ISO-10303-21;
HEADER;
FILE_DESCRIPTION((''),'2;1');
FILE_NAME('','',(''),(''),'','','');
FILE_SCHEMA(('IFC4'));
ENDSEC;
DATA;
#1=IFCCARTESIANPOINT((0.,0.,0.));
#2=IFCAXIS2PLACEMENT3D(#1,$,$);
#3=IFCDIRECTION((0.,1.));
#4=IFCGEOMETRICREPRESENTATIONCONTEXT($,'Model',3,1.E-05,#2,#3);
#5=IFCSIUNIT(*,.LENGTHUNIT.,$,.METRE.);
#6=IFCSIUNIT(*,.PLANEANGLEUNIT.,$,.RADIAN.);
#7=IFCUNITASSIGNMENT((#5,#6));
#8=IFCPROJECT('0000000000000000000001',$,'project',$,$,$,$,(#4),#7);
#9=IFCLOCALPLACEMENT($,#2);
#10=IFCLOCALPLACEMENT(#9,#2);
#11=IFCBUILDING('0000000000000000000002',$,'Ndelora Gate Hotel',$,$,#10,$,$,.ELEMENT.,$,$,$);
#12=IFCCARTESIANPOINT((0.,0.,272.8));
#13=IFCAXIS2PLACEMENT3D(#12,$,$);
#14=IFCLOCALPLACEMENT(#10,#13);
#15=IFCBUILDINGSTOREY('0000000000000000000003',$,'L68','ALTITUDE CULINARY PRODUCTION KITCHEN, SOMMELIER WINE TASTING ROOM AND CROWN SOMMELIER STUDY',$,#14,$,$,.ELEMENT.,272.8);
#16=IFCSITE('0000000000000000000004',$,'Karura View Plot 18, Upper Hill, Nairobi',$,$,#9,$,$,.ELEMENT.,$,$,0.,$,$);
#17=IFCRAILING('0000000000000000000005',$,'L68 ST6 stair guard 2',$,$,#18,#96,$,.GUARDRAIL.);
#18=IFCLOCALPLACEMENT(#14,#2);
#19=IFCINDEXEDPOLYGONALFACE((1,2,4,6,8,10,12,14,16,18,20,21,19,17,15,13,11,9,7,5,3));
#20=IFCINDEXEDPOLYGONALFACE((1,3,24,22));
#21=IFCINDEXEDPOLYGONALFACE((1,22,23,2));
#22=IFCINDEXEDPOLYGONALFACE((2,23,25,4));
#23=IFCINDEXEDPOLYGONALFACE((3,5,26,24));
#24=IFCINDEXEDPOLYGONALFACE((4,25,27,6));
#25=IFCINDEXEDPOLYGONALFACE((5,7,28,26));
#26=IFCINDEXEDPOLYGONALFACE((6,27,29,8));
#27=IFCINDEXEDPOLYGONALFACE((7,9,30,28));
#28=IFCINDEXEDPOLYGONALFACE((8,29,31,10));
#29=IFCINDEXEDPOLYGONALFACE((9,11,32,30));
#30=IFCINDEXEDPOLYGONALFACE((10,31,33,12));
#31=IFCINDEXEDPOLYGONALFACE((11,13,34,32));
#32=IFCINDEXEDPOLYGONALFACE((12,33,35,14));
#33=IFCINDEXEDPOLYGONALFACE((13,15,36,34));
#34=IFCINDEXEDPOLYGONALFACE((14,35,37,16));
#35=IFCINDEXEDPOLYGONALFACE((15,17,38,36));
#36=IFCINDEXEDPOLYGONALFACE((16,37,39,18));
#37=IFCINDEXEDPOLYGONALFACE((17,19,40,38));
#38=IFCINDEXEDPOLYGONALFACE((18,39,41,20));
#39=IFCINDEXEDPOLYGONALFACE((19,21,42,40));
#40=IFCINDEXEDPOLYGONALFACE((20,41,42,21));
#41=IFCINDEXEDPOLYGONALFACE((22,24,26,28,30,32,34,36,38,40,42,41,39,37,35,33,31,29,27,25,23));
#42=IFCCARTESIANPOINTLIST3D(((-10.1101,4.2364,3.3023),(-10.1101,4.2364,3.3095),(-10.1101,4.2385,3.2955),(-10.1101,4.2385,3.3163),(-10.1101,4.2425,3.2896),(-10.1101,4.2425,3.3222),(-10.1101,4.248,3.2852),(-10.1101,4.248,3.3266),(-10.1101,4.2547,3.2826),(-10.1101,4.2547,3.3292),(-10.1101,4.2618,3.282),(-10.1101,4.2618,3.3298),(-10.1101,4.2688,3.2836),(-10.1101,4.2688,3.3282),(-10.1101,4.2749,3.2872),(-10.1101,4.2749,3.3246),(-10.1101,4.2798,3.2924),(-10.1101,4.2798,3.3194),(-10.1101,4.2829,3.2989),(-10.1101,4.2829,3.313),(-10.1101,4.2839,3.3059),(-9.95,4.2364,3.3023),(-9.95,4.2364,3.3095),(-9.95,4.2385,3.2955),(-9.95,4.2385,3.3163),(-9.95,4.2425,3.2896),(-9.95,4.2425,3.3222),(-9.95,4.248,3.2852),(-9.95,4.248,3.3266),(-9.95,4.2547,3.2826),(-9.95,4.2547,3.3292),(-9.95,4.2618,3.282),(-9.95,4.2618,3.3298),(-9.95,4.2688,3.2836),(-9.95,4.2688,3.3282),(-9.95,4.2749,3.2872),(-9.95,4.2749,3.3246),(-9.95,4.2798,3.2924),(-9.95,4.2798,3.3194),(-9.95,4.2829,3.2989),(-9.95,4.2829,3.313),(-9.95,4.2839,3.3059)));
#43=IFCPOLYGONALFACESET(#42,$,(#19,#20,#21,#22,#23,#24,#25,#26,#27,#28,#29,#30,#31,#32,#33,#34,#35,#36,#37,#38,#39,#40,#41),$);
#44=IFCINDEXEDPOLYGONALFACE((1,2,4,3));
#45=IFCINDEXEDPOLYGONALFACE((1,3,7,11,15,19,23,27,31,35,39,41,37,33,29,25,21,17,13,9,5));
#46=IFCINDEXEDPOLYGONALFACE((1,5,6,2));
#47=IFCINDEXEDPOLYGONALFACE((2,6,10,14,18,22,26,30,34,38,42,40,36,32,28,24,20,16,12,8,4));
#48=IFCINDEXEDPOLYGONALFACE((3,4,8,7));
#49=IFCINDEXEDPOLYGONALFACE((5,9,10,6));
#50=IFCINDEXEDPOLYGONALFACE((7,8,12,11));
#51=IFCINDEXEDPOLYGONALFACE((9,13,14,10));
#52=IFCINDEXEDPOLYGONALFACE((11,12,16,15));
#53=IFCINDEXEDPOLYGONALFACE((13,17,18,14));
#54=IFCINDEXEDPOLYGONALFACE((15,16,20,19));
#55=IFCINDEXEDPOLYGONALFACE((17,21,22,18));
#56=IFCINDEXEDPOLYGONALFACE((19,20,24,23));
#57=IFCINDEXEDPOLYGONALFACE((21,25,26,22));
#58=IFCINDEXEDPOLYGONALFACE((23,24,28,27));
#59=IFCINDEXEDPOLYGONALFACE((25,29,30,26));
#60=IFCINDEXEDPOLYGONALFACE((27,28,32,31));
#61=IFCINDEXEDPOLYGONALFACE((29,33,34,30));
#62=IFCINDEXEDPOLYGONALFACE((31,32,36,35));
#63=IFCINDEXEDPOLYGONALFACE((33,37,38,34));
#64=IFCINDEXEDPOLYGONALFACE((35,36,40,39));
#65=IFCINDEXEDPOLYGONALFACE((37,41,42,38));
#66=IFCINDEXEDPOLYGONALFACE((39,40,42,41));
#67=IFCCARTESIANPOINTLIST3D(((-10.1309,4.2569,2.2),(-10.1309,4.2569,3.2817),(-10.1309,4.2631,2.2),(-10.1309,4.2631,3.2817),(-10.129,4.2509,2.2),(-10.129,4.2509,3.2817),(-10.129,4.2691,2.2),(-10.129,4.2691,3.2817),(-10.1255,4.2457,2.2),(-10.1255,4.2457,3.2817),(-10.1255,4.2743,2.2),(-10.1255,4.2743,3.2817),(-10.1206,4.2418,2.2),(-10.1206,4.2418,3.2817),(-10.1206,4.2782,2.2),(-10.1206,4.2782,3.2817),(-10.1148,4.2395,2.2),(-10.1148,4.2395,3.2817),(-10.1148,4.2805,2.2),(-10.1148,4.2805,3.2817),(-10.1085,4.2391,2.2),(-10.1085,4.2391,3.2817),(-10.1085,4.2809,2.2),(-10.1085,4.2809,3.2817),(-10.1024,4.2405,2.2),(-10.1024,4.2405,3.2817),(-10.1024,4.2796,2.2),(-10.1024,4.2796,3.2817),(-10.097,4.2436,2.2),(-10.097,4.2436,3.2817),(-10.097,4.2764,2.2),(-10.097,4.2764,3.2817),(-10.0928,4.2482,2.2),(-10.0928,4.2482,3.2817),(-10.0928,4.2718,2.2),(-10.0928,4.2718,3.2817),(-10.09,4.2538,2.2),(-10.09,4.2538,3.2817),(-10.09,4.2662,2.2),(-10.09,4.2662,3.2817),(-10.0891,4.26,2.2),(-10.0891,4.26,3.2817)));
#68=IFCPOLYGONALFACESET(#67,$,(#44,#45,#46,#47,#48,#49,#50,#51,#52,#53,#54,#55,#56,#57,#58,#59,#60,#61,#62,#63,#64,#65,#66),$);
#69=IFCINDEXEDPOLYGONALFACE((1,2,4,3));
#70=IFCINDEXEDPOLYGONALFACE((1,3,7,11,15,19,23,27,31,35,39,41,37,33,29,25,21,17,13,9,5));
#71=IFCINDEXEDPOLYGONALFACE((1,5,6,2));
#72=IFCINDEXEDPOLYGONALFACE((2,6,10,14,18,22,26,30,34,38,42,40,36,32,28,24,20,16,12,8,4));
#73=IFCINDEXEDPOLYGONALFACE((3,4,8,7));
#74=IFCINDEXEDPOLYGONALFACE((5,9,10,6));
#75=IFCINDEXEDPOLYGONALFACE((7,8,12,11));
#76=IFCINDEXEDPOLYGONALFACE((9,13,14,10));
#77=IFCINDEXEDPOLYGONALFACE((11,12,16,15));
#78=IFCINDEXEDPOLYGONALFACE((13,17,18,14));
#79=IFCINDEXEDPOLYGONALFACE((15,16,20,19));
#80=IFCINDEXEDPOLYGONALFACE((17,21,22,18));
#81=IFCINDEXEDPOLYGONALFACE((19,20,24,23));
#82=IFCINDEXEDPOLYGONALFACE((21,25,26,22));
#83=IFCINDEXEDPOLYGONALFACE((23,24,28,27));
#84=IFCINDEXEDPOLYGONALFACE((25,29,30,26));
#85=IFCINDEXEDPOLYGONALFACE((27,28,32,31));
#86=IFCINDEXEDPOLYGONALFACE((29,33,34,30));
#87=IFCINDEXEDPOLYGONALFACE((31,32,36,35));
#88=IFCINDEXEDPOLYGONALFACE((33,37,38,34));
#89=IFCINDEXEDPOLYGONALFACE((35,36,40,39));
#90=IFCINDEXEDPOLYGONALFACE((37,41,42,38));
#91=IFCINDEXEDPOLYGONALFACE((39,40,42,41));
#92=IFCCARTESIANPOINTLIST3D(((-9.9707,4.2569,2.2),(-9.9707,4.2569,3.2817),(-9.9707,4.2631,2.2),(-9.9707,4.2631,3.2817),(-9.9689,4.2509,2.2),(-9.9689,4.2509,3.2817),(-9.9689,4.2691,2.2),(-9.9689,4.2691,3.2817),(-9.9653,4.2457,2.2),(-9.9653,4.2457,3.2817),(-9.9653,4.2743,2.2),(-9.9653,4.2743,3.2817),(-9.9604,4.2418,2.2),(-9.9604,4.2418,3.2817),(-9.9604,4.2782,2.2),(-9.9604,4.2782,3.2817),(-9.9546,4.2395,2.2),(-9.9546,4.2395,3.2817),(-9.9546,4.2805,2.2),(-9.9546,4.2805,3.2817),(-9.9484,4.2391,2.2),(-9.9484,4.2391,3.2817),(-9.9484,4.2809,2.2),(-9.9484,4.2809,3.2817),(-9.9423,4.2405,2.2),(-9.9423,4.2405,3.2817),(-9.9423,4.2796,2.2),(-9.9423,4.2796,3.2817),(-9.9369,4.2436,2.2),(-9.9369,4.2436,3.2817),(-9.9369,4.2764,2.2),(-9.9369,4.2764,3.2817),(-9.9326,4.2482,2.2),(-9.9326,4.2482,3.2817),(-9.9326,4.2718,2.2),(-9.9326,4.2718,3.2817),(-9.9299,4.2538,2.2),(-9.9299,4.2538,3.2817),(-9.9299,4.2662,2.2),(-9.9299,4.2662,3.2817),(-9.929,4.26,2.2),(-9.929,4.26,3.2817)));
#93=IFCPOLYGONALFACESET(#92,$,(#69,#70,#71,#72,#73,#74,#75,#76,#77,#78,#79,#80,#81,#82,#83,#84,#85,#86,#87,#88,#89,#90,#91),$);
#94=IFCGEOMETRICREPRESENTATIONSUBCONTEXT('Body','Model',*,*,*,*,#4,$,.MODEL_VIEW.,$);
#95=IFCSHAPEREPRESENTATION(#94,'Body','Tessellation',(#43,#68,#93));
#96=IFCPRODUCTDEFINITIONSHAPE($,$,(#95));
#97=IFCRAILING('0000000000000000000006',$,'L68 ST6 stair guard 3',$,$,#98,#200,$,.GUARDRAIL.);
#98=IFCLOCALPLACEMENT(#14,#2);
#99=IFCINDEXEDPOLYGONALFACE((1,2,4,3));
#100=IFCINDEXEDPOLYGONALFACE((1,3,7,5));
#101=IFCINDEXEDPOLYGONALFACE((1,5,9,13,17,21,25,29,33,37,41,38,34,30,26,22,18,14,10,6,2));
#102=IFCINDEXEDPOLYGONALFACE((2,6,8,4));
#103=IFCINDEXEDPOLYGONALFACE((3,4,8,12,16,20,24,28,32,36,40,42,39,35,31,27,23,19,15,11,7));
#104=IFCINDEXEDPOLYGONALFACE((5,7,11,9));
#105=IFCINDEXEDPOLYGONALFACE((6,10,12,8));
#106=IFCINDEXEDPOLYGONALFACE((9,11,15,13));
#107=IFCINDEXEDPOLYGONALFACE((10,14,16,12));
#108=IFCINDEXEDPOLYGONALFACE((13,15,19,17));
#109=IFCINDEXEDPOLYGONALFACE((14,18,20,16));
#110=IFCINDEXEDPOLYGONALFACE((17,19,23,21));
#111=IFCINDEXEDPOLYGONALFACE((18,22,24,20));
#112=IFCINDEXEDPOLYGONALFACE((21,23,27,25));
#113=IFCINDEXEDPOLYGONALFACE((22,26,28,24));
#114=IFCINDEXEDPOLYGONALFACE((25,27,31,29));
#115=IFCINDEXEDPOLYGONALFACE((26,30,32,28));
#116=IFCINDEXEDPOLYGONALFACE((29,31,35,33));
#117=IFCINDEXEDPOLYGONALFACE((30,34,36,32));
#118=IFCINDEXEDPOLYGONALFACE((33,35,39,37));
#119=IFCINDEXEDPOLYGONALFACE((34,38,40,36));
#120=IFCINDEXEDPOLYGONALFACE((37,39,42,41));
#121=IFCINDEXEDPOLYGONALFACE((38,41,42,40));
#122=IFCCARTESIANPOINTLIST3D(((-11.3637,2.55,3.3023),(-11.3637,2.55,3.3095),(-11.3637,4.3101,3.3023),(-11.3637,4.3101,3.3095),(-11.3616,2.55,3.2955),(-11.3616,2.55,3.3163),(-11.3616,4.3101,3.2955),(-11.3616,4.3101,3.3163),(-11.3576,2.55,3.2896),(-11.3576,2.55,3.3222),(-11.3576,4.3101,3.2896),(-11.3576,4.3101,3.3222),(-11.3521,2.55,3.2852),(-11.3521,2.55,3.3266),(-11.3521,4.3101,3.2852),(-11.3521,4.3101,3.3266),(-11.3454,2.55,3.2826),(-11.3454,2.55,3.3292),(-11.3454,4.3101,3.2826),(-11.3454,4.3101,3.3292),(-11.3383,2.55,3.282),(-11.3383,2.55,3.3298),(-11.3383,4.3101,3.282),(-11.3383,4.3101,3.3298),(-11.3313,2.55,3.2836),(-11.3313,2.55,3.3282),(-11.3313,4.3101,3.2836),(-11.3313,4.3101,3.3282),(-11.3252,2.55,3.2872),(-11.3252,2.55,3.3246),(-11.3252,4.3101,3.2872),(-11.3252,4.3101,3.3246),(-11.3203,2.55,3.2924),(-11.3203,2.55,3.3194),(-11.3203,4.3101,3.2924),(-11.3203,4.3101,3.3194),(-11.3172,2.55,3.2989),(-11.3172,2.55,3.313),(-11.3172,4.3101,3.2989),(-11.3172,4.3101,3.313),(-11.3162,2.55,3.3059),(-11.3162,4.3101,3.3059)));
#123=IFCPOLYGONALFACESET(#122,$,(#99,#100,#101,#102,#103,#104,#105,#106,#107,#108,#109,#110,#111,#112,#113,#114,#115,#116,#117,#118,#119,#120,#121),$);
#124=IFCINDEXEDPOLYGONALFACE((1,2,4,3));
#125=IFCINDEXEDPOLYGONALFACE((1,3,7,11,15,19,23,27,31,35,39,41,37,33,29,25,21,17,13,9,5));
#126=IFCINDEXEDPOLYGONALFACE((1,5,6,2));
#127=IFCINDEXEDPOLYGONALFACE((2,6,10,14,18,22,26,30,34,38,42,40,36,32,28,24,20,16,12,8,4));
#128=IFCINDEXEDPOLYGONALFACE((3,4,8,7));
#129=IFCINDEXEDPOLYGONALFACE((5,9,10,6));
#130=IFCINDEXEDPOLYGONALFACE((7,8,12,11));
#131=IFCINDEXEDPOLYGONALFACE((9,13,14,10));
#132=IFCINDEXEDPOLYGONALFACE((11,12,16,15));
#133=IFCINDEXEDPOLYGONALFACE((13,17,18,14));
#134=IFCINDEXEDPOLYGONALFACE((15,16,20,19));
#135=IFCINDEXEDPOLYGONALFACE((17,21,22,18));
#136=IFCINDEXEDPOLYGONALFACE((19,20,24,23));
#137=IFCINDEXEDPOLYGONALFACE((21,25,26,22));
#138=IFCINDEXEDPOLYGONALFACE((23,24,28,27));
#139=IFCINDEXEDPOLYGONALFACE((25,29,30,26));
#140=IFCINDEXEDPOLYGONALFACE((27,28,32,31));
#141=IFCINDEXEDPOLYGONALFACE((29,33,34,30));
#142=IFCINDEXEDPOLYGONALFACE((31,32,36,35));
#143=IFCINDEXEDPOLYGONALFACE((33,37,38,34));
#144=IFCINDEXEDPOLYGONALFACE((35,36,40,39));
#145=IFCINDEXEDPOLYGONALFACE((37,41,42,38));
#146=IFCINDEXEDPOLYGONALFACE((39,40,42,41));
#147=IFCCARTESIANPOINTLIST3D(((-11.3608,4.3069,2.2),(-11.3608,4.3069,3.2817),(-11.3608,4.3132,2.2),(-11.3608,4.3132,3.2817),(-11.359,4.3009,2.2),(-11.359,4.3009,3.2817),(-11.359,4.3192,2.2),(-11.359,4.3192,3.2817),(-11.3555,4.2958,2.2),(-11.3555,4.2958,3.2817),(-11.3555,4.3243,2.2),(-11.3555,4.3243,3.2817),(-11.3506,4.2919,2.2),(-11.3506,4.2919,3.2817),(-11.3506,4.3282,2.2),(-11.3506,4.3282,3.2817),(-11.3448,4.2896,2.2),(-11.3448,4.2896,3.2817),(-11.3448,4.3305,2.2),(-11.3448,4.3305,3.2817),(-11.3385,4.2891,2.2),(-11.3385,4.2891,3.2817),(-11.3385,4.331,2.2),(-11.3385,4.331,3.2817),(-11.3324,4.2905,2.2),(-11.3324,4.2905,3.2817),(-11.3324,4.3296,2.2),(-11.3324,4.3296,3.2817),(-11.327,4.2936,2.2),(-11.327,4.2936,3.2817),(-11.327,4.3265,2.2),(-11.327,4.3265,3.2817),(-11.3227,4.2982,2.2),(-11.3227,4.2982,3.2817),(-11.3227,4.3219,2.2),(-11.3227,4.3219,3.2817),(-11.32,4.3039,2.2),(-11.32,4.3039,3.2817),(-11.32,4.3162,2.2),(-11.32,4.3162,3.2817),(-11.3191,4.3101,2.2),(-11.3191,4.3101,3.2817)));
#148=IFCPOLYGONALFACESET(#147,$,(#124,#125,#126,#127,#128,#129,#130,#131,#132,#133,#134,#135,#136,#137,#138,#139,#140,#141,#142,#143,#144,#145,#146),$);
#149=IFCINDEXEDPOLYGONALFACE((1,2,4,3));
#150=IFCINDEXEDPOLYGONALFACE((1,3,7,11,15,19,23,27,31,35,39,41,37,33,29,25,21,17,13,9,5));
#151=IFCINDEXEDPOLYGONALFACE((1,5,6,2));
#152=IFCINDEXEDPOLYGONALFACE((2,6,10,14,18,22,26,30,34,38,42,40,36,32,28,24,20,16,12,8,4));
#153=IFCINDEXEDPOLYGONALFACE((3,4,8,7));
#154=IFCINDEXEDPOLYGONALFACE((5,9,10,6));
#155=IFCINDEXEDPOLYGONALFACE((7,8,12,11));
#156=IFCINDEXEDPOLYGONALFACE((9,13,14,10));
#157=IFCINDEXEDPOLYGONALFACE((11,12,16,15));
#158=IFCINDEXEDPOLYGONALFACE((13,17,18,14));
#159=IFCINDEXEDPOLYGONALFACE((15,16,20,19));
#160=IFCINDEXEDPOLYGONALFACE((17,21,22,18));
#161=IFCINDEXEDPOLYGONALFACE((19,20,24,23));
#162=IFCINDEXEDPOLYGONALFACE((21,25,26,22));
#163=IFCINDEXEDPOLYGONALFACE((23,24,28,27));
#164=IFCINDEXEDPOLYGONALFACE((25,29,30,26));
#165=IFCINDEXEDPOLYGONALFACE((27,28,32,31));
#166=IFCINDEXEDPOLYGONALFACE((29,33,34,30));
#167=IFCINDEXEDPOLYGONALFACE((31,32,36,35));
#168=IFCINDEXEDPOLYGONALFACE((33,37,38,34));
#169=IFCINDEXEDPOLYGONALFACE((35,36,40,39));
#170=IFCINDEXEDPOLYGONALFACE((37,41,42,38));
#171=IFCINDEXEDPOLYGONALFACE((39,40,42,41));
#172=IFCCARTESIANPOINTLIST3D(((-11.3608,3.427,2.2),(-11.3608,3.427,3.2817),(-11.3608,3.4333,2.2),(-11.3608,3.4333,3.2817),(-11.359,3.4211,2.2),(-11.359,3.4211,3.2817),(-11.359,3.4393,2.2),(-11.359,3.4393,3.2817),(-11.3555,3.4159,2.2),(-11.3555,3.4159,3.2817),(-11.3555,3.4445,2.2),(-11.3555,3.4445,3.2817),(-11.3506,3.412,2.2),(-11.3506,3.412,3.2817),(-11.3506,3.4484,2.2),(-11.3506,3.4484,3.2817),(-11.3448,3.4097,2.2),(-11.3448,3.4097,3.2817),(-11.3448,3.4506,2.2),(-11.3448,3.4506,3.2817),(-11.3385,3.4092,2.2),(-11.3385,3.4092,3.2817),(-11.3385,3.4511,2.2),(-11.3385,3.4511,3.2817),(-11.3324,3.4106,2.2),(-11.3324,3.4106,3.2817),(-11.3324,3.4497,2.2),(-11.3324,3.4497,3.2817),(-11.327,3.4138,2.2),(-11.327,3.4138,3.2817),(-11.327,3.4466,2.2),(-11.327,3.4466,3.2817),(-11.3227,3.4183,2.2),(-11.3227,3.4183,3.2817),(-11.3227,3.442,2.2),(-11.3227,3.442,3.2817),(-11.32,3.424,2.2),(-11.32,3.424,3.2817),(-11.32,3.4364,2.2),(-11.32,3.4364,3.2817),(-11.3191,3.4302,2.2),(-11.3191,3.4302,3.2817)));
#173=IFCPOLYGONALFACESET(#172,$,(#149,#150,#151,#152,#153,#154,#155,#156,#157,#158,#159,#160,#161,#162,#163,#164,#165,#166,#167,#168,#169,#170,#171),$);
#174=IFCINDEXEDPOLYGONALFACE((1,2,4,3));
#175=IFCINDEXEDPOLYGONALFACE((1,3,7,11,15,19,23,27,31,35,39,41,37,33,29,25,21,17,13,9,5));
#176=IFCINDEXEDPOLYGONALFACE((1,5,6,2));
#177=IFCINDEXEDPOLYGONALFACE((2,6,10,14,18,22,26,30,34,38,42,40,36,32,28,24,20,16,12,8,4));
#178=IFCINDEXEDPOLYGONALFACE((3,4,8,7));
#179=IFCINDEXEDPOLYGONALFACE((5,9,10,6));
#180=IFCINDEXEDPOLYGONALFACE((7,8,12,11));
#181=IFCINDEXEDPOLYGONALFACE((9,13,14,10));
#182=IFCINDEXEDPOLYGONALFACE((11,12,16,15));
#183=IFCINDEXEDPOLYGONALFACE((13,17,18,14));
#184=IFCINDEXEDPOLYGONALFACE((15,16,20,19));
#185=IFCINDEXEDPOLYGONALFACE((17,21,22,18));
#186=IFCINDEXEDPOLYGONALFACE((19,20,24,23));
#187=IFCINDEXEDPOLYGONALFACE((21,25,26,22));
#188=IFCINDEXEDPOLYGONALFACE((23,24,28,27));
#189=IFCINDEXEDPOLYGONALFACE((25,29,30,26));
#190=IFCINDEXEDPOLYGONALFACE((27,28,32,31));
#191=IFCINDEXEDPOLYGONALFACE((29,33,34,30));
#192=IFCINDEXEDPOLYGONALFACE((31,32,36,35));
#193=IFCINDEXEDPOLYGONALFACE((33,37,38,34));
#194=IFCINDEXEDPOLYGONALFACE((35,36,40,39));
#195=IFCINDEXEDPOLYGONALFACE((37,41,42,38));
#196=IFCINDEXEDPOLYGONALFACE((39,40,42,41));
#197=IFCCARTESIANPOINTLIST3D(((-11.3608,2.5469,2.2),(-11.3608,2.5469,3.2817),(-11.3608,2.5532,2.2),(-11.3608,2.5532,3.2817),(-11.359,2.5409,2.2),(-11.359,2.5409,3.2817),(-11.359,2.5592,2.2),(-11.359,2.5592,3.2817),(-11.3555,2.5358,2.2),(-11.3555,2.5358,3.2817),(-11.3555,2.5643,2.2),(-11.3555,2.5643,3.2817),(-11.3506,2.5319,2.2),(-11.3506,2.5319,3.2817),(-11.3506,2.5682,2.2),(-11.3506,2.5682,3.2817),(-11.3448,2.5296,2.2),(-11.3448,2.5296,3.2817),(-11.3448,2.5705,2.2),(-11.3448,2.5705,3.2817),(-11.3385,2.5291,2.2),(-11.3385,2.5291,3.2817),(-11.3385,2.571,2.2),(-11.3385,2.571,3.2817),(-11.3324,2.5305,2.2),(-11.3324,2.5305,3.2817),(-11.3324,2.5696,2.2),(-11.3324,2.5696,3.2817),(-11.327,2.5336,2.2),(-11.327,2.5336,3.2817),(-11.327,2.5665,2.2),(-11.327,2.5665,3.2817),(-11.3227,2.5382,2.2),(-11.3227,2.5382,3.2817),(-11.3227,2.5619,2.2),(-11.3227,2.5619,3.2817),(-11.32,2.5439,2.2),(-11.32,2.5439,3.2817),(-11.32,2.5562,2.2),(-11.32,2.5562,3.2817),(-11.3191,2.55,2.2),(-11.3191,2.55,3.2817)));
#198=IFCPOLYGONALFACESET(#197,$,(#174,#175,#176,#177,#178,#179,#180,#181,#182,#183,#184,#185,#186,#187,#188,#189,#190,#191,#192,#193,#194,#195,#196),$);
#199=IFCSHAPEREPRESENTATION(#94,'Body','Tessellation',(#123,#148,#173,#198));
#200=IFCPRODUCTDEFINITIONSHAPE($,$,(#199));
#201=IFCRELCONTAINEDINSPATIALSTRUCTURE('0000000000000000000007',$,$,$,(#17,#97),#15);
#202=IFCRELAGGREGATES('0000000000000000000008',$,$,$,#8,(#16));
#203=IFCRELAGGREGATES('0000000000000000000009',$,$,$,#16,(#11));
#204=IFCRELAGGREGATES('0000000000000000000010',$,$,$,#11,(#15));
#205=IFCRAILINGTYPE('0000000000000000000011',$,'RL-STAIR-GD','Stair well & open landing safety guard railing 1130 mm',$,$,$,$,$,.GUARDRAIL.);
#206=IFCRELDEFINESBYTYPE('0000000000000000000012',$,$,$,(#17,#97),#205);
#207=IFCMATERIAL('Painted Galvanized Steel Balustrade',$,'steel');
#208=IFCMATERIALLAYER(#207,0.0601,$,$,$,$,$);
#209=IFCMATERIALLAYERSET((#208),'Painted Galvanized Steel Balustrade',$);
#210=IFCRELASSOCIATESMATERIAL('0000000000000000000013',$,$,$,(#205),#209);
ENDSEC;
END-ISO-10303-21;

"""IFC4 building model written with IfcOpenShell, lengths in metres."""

from ifc_helpers import new_model, si_unit, direction, frame, origin, origin_2d, place, context, subcontext, project, spatial, circle, extrude, material, layer, layer_set, type_object, element, save


model = new_model("IFC4")

# Units and contexts
model_context = context("Model", 3, precision=1e-05, world=origin(), true_north=direction((0.0, 1.0)))
body_context = subcontext(model_context, "Body", "Model", "MODEL_VIEW")
ifc_project = project(units=[si_unit("LENGTHUNIT", "METRE"), si_unit("PLANEANGLEUNIT", "RADIAN")], contexts=[model_context])

# Site, building, storey
site_placement = place(None, origin())
site = spatial("IfcSite", under=ifc_project, at=site_placement, Name="Karura View Plot 18, Upper Hill, Nairobi", CompositionType="ELEMENT", RefElevation=0.0)
building_placement = place(site_placement, origin())
building = spatial("IfcBuilding", under=site, at=building_placement, Name="Ndelora Gate Hotel", CompositionType="ELEMENT")
storey_placement = place(building_placement, frame((0.0, 0.0, 272.8)))
storey = spatial("IfcBuildingStorey", under=building, at=storey_placement, Name="L68", Description="ALTITUDE CULINARY PRODUCTION KITCHEN, SOMMELIER WINE TASTING ROOM AND CROWN SOMMELIER STUDY", CompositionType="ELEMENT", Elevation=272.8)

# Railings
ifc_material_1 = material(Name="Painted Galvanized Steel Balustrade", Category="steel")
ifc_layer_1 = layer(ifc_material_1, 0.0601)
ifc_layer_set_1 = layer_set([ifc_layer_1], Name="Painted Galvanized Steel Balustrade")
railing_type_1 = type_object("IfcRailingType", Name="RL-STAIR-GD", Description="Stair well & open landing safety guard railing 1130 mm", PredefinedType="GUARDRAIL", material=ifc_layer_set_1)
railing_1_placement = place(storey_placement, frame((-10.1101, 4.26, 2.2)))
element("IfcRailing", 1, at=railing_1_placement, inside=storey, type_object=railing_type_1, Name="L68 ST6 stair guard 2", PredefinedType="GUARDRAIL", context=body_context, shape_type="SweptSolid", body=[
    extrude(circle(Radius=0.0239, at=origin_2d()), frame((0.0, 0.0, 1.106), z_axis=(1.0, 0.0, 0.0), x_axis=(0.0, 1.0, 0.0)), (0.0, 0.0, 1.0), 0.1602),
    extrude(circle(Radius=0.021, at=origin_2d()), origin(), (0.0, 0.0, 1.0), 1.0818),
    extrude(circle(Radius=0.021, at=origin_2d()), frame((0.1602, 0.0, 0.0)), (0.0, 0.0, 1.0), 1.0818),
])
railing_2_placement = place(storey_placement, frame((-11.3401, 4.3101, 2.2)))
element("IfcRailing", 2, at=railing_2_placement, inside=storey, type_object=railing_type_1, Name="L68 ST6 stair guard 3", PredefinedType="GUARDRAIL", context=body_context, shape_type="SweptSolid", body=[
    extrude(circle(Radius=0.0239, at=origin_2d()), frame((0.0, 0.0, 1.106), z_axis=(0.0, -1.0, 0.0), x_axis=(1.0, 0.0, 0.0)), (0.0, 0.0, 1.0), 1.76),
    extrude(circle(Radius=0.021, at=origin_2d()), origin(), (0.0, 0.0, 1.0), 1.0818),
    extrude(circle(Radius=0.021, at=origin_2d()), frame((0.0, -0.8799, 0.0)), (0.0, 0.0, 1.0), 1.0818),
    extrude(circle(Radius=0.021, at=origin_2d()), frame((0.0, -1.76, 0.0)), (0.0, 0.0, 1.0), 1.0818),
])

save(model, "model.ifc")
